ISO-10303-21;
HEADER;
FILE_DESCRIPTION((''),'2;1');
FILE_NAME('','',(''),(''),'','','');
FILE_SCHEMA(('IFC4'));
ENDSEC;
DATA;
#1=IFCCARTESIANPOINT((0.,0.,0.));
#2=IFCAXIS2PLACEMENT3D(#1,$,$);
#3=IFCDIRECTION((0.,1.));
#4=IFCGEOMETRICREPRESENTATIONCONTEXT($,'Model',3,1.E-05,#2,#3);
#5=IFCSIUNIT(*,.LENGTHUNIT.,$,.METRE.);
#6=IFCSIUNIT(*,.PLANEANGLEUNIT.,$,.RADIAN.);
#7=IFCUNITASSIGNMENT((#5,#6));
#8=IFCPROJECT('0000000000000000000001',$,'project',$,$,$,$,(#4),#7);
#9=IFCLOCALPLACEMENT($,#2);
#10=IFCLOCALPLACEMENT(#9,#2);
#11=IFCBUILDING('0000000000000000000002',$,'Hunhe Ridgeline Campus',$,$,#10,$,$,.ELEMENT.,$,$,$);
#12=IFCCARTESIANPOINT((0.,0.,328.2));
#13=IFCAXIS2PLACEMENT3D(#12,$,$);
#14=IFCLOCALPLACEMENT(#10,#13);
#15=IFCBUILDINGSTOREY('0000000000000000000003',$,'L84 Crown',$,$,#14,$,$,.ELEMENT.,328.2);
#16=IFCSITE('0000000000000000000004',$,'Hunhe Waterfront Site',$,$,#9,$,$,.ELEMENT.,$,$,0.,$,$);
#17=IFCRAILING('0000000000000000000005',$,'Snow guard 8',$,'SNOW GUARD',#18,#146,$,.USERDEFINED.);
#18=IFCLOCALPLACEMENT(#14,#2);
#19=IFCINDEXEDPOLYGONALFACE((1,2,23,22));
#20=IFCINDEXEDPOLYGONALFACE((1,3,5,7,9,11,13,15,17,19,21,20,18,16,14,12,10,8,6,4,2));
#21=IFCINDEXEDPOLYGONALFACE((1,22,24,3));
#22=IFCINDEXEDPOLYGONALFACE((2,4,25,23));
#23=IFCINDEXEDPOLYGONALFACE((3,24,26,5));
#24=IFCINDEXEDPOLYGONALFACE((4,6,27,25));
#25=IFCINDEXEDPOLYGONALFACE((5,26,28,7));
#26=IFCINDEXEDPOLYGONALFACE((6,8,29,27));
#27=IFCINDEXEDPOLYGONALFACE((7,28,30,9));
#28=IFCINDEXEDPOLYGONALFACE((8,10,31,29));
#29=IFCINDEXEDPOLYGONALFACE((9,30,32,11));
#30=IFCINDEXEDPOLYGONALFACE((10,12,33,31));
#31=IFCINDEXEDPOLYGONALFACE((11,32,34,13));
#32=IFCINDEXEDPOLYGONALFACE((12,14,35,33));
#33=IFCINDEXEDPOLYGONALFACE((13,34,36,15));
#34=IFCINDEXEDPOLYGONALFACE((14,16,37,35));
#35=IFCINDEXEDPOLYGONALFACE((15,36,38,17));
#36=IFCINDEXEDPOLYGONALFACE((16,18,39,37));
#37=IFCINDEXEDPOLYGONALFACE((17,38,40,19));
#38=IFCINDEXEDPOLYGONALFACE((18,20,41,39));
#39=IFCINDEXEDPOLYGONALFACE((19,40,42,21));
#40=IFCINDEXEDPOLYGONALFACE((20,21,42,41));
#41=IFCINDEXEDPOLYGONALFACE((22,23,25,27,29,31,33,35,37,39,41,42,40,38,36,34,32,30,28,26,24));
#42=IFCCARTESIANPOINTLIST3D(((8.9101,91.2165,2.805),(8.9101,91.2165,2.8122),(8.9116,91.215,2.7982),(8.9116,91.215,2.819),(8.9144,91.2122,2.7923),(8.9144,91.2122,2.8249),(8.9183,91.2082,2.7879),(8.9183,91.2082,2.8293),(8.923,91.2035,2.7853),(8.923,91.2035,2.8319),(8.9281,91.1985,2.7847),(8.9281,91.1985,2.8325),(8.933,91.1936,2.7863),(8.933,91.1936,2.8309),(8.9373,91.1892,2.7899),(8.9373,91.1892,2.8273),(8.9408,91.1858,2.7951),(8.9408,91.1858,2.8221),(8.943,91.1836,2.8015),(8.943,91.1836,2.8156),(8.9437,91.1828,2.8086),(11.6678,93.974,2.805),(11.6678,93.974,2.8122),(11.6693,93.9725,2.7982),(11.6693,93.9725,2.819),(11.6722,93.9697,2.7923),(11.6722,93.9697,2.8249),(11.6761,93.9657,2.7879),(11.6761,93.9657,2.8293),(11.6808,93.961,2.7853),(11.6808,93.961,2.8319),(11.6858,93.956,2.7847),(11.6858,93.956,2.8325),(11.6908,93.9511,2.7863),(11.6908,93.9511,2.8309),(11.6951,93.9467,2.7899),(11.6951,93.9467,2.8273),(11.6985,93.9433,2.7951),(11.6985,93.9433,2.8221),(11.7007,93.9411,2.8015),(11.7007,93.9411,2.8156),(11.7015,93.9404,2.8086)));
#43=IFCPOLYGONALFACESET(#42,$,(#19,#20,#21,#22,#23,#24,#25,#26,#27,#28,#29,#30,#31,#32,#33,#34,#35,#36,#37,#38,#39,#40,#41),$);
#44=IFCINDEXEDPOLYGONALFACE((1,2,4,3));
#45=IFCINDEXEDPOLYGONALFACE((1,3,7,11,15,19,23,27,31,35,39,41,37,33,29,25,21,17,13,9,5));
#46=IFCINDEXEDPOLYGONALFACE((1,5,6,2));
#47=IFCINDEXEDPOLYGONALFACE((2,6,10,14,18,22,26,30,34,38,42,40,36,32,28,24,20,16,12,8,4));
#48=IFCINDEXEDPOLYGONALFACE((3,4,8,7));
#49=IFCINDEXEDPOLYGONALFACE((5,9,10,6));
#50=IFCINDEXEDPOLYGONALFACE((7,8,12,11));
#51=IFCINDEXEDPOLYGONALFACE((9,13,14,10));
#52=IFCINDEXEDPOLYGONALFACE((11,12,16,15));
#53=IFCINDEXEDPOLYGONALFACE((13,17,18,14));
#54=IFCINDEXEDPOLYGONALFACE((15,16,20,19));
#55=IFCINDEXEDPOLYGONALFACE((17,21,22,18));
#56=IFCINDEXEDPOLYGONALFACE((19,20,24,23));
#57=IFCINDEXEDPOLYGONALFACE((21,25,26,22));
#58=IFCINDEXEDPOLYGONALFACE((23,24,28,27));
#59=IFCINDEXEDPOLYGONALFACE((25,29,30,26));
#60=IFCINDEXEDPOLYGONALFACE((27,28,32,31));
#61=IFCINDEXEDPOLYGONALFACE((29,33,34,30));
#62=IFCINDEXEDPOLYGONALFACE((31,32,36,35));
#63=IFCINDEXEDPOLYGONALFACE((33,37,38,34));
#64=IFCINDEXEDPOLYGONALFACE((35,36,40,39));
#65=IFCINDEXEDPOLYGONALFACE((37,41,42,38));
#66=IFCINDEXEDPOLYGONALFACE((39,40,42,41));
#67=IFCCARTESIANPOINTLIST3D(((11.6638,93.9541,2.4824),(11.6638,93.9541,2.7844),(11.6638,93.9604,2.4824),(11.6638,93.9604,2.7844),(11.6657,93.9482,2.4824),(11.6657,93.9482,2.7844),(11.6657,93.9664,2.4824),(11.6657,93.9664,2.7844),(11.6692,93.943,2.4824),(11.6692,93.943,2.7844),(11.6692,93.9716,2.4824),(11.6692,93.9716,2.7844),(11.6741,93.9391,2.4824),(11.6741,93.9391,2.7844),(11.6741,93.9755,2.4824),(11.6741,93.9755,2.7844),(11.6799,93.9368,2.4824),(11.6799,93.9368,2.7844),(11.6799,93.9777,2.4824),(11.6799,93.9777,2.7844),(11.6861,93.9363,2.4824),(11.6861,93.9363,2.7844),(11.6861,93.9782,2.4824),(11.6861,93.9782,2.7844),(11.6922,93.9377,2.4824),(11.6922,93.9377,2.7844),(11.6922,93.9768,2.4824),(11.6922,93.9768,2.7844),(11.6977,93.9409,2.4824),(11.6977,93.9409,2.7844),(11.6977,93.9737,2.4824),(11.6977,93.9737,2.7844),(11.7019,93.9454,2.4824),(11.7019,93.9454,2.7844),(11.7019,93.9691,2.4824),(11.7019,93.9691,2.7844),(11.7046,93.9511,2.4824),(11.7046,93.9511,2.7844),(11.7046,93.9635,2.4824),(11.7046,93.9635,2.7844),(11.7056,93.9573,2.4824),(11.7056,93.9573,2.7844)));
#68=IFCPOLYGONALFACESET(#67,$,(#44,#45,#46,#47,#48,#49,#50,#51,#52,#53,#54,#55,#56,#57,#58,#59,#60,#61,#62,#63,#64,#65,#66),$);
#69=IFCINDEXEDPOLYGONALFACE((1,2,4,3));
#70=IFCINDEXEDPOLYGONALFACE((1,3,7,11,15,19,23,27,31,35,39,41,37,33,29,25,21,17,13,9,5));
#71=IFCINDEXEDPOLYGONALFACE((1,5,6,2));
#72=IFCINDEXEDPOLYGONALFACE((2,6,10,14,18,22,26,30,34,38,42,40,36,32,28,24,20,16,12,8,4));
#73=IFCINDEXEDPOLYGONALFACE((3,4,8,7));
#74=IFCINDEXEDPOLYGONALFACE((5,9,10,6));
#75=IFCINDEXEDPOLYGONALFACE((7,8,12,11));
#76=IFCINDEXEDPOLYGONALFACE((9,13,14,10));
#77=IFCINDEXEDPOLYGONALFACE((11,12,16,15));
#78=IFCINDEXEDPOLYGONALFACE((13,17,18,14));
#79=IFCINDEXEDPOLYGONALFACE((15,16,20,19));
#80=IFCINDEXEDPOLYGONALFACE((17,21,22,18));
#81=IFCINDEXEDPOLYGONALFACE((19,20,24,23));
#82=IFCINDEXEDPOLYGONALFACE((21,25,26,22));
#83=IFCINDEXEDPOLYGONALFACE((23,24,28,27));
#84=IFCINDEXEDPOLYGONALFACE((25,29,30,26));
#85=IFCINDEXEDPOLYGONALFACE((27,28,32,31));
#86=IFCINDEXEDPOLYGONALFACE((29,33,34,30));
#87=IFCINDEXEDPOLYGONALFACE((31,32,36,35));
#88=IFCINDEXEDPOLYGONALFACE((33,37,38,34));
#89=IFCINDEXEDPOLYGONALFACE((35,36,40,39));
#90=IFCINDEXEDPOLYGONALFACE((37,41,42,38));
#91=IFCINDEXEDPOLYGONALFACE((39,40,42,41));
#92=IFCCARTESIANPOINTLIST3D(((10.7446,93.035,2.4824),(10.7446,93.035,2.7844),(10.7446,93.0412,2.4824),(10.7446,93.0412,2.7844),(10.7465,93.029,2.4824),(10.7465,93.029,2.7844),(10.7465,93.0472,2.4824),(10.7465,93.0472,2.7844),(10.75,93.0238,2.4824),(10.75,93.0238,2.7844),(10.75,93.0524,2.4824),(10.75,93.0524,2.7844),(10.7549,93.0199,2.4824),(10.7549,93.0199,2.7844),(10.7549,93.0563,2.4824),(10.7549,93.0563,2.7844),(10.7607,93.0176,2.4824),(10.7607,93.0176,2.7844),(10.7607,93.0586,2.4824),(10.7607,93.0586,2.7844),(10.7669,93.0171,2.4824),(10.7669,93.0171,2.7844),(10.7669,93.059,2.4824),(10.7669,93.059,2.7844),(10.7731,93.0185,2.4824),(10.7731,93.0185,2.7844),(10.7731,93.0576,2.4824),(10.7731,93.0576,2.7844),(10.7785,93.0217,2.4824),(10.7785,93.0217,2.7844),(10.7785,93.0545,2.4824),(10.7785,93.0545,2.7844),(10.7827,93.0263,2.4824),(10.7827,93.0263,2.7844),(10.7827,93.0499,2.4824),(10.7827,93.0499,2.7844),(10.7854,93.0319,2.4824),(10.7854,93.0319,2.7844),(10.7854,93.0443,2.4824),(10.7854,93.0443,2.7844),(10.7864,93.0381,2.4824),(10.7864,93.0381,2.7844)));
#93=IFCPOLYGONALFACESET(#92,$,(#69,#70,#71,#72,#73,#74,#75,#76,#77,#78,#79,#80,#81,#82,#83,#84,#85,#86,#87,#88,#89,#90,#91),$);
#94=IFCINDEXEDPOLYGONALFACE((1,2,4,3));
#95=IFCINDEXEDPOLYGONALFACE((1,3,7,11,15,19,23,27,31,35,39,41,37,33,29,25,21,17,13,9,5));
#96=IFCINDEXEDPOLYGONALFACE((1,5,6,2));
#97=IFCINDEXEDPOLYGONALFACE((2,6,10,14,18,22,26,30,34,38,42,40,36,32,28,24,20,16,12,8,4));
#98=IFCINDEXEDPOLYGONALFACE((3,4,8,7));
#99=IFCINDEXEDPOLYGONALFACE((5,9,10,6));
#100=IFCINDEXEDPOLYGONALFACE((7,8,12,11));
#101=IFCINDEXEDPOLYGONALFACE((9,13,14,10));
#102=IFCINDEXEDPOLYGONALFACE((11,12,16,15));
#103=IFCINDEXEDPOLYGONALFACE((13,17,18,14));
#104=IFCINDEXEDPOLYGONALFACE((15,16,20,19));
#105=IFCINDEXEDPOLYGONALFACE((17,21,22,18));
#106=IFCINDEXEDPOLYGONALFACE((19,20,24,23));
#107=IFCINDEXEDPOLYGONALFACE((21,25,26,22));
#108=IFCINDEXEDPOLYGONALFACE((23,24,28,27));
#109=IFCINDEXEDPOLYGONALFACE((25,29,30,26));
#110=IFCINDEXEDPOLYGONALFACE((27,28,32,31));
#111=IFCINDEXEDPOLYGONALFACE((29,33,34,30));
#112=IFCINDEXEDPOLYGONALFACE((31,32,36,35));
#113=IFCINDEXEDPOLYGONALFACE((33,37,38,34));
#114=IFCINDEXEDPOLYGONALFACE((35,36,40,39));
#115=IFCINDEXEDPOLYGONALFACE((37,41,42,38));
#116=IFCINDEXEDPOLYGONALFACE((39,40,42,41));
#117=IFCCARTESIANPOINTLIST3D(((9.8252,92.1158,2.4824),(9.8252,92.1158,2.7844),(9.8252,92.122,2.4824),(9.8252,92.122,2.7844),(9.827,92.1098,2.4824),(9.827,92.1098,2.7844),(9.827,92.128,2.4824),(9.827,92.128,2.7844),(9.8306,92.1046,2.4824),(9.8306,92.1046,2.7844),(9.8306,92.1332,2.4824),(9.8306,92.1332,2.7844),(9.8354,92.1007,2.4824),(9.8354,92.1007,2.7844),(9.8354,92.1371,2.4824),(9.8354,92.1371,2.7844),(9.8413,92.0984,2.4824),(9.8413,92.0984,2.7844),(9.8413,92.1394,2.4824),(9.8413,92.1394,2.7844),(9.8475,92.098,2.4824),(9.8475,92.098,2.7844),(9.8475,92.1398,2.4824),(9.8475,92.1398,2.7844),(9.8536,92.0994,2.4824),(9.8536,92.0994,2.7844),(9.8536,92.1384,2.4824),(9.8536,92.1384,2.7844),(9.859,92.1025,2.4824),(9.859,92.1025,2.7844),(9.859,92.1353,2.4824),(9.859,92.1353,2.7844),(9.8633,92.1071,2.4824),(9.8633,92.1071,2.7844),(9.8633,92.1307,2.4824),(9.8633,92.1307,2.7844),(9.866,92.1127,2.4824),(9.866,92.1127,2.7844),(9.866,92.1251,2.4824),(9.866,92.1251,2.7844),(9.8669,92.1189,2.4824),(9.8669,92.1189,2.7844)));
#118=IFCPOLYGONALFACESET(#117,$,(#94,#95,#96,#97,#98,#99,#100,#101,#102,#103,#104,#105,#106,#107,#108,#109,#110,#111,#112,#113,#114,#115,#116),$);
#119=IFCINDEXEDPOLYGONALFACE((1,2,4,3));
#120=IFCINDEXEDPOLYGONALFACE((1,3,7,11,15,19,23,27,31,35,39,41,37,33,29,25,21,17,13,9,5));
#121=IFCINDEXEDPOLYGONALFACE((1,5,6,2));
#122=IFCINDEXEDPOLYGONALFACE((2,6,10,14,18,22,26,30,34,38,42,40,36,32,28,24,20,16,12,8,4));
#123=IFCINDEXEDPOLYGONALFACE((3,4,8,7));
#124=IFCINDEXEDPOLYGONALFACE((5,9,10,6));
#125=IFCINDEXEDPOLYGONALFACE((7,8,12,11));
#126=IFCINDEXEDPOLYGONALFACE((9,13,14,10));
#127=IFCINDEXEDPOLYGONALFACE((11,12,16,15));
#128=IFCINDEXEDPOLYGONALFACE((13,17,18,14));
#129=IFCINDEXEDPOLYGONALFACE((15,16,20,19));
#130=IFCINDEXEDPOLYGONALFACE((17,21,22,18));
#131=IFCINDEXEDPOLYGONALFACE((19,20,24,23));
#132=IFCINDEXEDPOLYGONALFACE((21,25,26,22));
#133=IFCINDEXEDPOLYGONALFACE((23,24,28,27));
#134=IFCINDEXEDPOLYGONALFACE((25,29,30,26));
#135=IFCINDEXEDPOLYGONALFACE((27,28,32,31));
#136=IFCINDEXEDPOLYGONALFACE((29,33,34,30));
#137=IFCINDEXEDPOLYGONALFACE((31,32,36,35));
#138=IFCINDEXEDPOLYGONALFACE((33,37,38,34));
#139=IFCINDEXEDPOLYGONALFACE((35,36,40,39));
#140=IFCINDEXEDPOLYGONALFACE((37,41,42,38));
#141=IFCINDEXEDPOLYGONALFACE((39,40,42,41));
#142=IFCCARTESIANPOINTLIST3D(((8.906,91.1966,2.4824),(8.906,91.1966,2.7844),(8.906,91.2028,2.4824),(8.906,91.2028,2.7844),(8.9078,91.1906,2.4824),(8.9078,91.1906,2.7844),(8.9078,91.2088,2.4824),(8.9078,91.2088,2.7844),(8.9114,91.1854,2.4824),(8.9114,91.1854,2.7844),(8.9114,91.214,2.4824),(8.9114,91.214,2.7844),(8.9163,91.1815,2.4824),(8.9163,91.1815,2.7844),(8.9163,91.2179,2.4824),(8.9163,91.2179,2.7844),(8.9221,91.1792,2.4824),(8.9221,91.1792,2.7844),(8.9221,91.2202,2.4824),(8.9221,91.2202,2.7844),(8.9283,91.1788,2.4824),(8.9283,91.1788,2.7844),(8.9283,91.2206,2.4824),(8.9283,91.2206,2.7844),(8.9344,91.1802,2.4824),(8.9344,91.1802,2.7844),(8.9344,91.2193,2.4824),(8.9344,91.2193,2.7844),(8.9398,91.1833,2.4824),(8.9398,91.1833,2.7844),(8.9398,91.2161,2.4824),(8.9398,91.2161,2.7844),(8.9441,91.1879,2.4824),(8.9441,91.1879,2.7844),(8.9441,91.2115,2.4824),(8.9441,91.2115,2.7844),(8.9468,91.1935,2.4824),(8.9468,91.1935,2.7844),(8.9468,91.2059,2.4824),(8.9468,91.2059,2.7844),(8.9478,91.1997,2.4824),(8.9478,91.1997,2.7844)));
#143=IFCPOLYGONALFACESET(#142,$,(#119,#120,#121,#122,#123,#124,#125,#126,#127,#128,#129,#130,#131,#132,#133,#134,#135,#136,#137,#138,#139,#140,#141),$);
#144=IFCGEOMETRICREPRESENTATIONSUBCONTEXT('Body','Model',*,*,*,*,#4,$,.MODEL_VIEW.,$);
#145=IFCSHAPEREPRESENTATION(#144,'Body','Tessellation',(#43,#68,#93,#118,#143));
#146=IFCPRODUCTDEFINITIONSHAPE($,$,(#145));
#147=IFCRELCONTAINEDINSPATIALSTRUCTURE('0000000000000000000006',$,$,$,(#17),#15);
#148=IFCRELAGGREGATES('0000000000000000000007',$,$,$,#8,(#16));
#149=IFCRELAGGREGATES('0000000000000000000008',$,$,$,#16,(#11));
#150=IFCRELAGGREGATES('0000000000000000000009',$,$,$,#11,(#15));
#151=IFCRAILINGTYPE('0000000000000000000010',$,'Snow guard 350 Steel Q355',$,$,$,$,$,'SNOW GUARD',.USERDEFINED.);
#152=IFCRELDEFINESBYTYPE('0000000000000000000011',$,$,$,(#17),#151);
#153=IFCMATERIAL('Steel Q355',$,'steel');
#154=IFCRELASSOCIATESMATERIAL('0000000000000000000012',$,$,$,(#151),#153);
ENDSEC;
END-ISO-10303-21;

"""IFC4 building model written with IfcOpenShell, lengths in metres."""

from ifc_helpers import new_model, si_unit, direction, frame, origin, origin_2d, place, context, subcontext, project, spatial, circle, extrude, material, type_object, element, save


model = new_model("IFC4")

# Units and contexts
model_context = context("Model", 3, precision=1e-05, world=origin(), true_north=direction((0.0, 1.0)))
body_context = subcontext(model_context, "Body", "Model", "MODEL_VIEW")
ifc_project = project(units=[si_unit("LENGTHUNIT", "METRE"), si_unit("PLANEANGLEUNIT", "RADIAN")], contexts=[model_context])

# Site, building, storey
site_placement = place(None, origin())
site = spatial("IfcSite", under=ifc_project, at=site_placement, Name="Hunhe Waterfront Site", CompositionType="ELEMENT", RefElevation=0.0)
building_placement = place(site_placement, origin())
building = spatial("IfcBuilding", under=site, at=building_placement, Name="Hunhe Ridgeline Campus", CompositionType="ELEMENT")
storey_placement = place(building_placement, frame((0.0, 0.0, 328.2)))
storey = spatial("IfcBuildingStorey", under=building, at=storey_placement, Name="L84 Crown", CompositionType="ELEMENT", Elevation=328.2)

# Railing
ifc_material_1 = material(Name="Steel Q355", Category="steel")
railing_type = type_object("IfcRailingType", Name="Snow guard 350 Steel Q355", ElementType="SNOW GUARD", PredefinedType="USERDEFINED", material=ifc_material_1)
railing_1_placement = place(storey_placement, frame((11.6846, 93.9573, 2.4824)))
element("IfcRailing", 1, at=railing_1_placement, inside=storey, type_object=railing_type, Name="Snow guard 8", ObjectType="SNOW GUARD", PredefinedType="USERDEFINED", context=body_context, shape_type="SweptSolid", body=[
    extrude(circle(Radius=0.0239, at=origin_2d()), frame((0.0, 0.0, 0.3262), z_axis=(-0.707138, -0.707075, 0.0), x_axis=(0.707075, -0.707138, 0.0)), (0.0, 0.0, 1.0), 3.8999),
    extrude(circle(Radius=0.021, at=origin_2d()), origin(), (0.0, 0.0, 1.0), 0.302),
    extrude(circle(Radius=0.021, at=origin_2d()), frame((-0.9192, -0.9192, 0.0)), (0.0, 0.0, 1.0), 0.302),
    extrude(circle(Radius=0.021, at=origin_2d()), frame((-1.8386, -1.8384, 0.0)), (0.0, 0.0, 1.0), 0.302),
    extrude(circle(Radius=0.021, at=origin_2d()), frame((-2.7578, -2.7576, 0.0)), (0.0, 0.0, 1.0), 0.302),
])

save(model, "model.ifc")
